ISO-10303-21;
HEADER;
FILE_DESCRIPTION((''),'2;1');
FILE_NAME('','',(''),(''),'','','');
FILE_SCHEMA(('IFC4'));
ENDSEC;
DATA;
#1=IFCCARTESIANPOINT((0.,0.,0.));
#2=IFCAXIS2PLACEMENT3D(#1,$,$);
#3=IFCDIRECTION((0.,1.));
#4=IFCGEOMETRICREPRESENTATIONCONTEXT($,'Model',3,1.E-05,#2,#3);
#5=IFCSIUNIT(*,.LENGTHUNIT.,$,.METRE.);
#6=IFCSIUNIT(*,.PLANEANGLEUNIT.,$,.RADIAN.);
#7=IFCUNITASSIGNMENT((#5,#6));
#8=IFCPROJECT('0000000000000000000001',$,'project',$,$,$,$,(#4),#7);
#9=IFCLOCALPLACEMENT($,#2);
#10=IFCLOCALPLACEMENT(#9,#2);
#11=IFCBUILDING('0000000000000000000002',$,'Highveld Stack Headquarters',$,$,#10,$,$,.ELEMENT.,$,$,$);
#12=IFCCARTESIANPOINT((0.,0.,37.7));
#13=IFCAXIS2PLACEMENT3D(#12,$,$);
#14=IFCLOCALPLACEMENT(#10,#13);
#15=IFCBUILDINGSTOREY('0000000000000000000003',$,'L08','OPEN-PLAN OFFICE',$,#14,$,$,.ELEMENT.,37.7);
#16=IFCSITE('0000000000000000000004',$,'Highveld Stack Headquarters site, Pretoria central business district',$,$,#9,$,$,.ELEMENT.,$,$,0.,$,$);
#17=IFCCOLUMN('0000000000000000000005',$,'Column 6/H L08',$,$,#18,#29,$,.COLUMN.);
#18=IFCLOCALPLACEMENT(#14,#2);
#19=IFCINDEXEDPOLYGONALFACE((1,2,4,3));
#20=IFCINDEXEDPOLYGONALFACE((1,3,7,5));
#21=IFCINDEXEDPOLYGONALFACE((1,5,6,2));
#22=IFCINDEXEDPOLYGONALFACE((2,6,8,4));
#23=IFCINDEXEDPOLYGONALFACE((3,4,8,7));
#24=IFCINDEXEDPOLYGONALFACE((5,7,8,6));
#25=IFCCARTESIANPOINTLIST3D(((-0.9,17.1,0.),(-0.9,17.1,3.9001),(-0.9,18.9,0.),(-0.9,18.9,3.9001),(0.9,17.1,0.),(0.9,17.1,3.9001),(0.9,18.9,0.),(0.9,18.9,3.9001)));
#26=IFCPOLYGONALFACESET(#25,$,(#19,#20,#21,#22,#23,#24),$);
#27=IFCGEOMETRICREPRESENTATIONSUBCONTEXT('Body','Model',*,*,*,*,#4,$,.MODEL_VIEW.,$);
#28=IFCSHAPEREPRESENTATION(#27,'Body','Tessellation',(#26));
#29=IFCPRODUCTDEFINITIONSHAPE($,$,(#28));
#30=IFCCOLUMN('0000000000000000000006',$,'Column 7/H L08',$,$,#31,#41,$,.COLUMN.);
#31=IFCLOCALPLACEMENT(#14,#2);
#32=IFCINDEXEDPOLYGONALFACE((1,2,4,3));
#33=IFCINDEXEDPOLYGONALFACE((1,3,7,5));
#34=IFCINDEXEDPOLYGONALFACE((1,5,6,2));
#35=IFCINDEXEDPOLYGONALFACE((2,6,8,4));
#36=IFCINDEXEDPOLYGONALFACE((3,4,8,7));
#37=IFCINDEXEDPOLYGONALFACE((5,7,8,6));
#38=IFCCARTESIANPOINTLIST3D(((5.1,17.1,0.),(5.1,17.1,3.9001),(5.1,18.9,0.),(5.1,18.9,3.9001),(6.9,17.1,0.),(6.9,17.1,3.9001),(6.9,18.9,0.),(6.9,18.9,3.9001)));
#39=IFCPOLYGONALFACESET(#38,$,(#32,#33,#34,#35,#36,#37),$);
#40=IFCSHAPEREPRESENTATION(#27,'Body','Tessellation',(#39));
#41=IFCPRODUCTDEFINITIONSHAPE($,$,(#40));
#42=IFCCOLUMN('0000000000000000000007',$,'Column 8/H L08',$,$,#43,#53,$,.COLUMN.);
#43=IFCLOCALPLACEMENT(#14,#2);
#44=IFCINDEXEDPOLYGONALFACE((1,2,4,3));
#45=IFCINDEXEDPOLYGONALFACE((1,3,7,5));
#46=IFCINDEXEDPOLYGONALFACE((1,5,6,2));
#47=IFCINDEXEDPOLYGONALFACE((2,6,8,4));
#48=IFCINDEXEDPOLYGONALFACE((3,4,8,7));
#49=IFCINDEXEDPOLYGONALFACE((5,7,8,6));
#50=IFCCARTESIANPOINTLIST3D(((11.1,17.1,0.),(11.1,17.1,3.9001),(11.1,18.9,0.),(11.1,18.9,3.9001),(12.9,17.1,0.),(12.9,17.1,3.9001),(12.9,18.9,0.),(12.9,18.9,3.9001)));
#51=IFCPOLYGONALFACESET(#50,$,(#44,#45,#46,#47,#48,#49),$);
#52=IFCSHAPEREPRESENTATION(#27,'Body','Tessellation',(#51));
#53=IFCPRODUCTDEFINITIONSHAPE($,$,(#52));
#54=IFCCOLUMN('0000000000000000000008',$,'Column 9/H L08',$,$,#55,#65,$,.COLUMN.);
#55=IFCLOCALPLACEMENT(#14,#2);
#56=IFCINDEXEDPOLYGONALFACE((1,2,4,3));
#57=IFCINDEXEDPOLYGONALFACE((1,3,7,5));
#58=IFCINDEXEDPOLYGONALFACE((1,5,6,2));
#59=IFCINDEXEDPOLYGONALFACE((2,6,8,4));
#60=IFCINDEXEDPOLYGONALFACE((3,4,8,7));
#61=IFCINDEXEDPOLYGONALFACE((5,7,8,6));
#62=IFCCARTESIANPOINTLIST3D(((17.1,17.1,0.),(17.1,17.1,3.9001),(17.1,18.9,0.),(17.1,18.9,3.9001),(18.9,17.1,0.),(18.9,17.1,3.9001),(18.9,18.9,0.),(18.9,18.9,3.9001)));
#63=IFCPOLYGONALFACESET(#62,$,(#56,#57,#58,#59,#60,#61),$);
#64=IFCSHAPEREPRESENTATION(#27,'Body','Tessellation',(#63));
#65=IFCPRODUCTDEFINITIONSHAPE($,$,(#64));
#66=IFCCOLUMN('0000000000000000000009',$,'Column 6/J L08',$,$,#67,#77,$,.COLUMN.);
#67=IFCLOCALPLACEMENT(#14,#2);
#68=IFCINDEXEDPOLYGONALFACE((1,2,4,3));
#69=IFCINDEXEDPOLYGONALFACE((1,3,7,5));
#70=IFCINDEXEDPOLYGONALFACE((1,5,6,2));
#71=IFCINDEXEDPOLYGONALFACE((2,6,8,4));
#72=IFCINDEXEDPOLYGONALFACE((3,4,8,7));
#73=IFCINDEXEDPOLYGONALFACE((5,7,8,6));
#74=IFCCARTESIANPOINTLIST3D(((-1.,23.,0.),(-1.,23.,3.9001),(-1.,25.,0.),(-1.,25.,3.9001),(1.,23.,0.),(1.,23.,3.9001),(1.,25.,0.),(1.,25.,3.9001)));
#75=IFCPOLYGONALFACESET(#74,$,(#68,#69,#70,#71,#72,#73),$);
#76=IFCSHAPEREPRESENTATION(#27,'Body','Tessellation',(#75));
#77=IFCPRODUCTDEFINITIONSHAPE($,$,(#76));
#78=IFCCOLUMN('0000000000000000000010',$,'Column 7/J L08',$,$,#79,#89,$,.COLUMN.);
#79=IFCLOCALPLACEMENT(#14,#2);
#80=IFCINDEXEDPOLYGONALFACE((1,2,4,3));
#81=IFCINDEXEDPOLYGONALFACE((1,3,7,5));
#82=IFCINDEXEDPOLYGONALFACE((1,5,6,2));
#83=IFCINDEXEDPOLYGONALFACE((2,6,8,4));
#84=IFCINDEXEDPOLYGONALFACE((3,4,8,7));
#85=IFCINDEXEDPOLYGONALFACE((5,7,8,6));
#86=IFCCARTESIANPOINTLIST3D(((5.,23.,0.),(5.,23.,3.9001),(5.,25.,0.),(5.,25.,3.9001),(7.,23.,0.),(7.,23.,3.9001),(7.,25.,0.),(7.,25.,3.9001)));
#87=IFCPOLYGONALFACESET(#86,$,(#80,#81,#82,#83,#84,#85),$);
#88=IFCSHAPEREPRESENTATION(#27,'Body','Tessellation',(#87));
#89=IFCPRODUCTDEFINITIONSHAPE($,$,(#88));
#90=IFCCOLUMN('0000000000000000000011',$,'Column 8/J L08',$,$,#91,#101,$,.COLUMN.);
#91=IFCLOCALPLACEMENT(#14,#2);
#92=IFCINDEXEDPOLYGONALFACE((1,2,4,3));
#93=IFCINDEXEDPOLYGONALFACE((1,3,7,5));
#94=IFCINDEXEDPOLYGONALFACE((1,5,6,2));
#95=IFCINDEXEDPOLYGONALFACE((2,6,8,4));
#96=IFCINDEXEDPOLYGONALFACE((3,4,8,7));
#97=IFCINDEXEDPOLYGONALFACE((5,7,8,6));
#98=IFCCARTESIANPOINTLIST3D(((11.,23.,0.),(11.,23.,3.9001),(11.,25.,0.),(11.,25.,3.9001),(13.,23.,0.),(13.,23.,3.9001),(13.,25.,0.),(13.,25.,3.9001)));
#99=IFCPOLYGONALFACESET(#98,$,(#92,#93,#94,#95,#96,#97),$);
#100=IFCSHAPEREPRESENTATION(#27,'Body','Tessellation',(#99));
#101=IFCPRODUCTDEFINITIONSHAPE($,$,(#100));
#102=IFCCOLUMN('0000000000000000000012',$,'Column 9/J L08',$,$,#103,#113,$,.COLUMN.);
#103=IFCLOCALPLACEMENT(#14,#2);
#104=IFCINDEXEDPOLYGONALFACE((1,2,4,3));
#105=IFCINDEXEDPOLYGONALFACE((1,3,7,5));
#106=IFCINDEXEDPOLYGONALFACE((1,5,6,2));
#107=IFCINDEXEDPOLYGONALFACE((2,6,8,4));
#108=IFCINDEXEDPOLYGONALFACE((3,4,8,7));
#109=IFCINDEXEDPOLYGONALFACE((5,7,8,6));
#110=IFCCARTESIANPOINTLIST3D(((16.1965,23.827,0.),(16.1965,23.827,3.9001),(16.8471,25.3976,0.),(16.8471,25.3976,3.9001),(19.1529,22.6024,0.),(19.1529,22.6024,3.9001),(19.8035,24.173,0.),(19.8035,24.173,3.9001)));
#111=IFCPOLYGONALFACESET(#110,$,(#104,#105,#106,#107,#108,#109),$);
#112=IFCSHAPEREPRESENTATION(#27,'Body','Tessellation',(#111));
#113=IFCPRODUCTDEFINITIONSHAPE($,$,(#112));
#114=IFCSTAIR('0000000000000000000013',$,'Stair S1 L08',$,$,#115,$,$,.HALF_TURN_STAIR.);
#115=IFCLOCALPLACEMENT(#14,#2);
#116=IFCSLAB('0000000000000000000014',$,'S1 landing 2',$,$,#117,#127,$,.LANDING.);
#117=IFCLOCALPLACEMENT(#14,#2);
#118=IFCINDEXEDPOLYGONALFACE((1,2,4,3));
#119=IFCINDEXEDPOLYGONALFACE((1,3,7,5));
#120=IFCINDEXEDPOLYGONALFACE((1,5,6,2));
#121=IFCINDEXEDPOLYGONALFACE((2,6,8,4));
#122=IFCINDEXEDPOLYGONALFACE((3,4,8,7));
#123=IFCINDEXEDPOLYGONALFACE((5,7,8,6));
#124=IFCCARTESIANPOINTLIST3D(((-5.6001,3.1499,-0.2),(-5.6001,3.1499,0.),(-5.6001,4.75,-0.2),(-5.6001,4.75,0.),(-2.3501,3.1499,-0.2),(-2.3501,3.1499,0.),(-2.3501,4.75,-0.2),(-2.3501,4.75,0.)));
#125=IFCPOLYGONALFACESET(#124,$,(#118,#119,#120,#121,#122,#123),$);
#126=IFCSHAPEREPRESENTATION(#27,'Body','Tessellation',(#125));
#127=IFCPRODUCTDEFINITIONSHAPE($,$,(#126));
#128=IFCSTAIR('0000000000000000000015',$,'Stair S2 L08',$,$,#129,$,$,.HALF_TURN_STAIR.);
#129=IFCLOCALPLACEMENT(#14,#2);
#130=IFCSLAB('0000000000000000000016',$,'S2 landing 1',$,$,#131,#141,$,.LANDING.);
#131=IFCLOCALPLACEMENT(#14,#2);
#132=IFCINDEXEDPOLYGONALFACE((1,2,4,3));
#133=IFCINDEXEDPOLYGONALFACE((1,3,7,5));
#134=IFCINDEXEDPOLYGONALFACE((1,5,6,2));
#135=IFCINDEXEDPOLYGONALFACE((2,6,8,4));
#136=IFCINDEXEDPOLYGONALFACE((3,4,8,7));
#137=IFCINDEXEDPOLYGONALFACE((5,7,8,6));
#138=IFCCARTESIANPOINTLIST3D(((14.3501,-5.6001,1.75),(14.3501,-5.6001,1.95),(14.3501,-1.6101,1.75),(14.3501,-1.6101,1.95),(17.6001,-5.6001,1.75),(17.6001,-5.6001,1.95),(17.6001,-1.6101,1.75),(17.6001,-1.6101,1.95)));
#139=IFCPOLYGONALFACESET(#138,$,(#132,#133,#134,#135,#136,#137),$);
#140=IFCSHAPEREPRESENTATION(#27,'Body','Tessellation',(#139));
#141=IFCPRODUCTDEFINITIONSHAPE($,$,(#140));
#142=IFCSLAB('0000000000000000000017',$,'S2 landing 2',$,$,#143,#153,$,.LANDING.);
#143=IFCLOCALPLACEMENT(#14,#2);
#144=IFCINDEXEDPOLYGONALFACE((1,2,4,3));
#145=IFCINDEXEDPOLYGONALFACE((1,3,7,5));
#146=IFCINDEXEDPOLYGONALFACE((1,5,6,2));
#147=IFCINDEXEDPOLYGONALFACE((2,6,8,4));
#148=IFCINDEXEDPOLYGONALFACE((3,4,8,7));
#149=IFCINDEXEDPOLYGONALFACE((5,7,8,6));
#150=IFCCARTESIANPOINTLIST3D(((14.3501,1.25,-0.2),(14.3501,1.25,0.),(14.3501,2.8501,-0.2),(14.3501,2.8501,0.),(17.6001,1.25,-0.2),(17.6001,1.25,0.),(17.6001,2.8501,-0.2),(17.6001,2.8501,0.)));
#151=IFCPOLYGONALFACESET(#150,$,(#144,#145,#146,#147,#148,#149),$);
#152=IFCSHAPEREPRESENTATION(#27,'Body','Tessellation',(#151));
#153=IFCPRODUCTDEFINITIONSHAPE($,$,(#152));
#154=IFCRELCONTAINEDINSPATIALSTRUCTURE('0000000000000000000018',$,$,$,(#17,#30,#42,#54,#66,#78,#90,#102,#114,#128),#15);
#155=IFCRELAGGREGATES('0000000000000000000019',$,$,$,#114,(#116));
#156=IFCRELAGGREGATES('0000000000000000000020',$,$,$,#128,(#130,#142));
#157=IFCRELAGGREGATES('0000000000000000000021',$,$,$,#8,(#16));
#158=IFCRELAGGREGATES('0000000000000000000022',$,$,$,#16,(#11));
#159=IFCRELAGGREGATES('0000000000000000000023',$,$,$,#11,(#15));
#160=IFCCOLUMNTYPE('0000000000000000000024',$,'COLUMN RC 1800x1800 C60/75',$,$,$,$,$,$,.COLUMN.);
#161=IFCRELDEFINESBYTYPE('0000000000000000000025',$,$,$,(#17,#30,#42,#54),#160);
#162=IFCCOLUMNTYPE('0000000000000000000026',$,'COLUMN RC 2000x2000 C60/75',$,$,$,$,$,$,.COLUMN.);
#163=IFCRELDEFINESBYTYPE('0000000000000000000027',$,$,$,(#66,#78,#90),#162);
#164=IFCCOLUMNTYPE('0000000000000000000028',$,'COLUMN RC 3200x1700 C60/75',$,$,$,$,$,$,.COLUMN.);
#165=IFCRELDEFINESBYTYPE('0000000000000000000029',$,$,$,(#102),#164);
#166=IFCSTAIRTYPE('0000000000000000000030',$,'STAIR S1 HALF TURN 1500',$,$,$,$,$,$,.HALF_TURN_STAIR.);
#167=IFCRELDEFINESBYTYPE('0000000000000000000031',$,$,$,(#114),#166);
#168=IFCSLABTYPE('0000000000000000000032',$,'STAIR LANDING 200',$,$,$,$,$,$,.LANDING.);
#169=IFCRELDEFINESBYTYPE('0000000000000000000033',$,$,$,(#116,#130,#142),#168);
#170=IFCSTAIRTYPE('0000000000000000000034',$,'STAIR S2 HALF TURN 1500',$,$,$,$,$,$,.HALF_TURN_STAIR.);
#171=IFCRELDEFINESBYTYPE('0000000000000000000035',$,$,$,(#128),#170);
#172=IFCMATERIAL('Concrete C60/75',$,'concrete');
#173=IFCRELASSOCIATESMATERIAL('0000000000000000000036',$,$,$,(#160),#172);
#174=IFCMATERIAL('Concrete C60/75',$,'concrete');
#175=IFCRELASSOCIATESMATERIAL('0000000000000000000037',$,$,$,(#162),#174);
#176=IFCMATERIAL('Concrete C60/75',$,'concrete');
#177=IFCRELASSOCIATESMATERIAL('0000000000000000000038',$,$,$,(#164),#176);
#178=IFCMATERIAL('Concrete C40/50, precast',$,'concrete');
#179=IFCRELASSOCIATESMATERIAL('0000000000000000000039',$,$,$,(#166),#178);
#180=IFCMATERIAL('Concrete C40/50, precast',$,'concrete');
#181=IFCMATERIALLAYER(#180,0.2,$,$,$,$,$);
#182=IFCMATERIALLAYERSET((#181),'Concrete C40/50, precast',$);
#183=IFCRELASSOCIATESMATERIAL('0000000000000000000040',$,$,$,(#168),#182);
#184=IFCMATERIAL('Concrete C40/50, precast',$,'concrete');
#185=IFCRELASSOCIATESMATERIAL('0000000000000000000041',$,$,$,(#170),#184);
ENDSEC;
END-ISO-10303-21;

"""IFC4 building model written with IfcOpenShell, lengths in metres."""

from ifc_helpers import new_model, si_unit, direction, frame, origin, origin_2d, place, context, subcontext, project, spatial, polyline, rectangle, outline, extrude, material, layer, layer_set, material_profile, profile_set, type_object, element, aggregate, save


model = new_model("IFC4")

# Units and contexts
model_context = context("Model", 3, precision=1e-05, world=origin(), true_north=direction((0.0, 1.0)))
body_context = subcontext(model_context, "Body", "Model", "MODEL_VIEW")
ifc_project = project(units=[si_unit("LENGTHUNIT", "METRE"), si_unit("PLANEANGLEUNIT", "RADIAN")], contexts=[model_context])

# Site, building, storey
site_placement = place(None, origin())
site = spatial("IfcSite", under=ifc_project, at=site_placement, Name="Highveld Stack Headquarters site, Pretoria central business district", CompositionType="ELEMENT", RefElevation=0.0)
building_placement = place(site_placement, origin())
building = spatial("IfcBuilding", under=site, at=building_placement, Name="Highveld Stack Headquarters", CompositionType="ELEMENT")
storey_placement = place(building_placement, frame((0.0, 0.0, 37.7)))
storey = spatial("IfcBuildingStorey", under=building, at=storey_placement, Name="L08", Description="OPEN-PLAN OFFICE", CompositionType="ELEMENT", Elevation=37.7)

# Columns
ifc_material_1 = material(Name="Concrete C60/75", Category="concrete")
ifc_material_profile_1 = material_profile(ifc_material_1, rectangle(XDim=1.8, YDim=1.8, at=origin_2d()), Name="RC 1800x1800")
ifc_profile_set_1 = profile_set([ifc_material_profile_1], Name="Concrete C60/75")
column_type_1 = type_object("IfcColumnType", Name="COLUMN RC 1800x1800 C60/75", PredefinedType="COLUMN", material=ifc_profile_set_1)
for number, where, z_axis, x_axis, name in (
    (1, (0.0, 18.0, 0.0), (0.0, 0.0, 1.0), (1.0, 0.0, 0.0), "Column 6/H L08"),
    (2, (6.0, 18.0, 0.0), (0.0, 0.0, 1.0), (1.0, 0.0, 0.0), "Column 7/H L08"),
    (3, (12.0, 18.0, 0.0), (0.0, 0.0, 1.0), (1.0, 0.0, 0.0), "Column 8/H L08"),
    (4, (18.0, 18.0, 0.0), (0.0, 0.0, 1.0), (1.0, 0.0, 0.0), "Column 9/H L08"),
):
    element("IfcColumn", number, at=place(storey_placement, frame(where, z_axis=z_axis, x_axis=x_axis)), inside=storey, type_object=column_type_1, Name=name, PredefinedType="COLUMN", context=body_context, shape_type="SweptSolid", body=[
        extrude(rectangle(XDim=1.8, YDim=1.8, at=origin_2d()), origin(), (0.0, 0.0, 1.0), 3.9001),
    ])
ifc_material_2 = material(Name="Concrete C60/75", Category="concrete")
ifc_material_profile_2 = material_profile(ifc_material_2, rectangle(XDim=2.0, YDim=2.0, at=origin_2d()), Name="RC 2000x2000")
ifc_profile_set_2 = profile_set([ifc_material_profile_2], Name="Concrete C60/75")
column_type_2 = type_object("IfcColumnType", Name="COLUMN RC 2000x2000 C60/75", PredefinedType="COLUMN", material=ifc_profile_set_2)
for number, where, z_axis, x_axis, name in (
    (5, (0.0, 24.0, 0.0), (0.0, 0.0, 1.0), (1.0, 0.0, 0.0), "Column 6/J L08"),
    (6, (6.0, 24.0, 0.0), (0.0, 0.0, 1.0), (1.0, 0.0, 0.0), "Column 7/J L08"),
    (7, (12.0, 24.0, 0.0), (0.0, 0.0, 1.0), (1.0, 0.0, 0.0), "Column 8/J L08"),
):
    element("IfcColumn", number, at=place(storey_placement, frame(where, z_axis=z_axis, x_axis=x_axis)), inside=storey, type_object=column_type_2, Name=name, PredefinedType="COLUMN", context=body_context, shape_type="SweptSolid", body=[
        extrude(rectangle(XDim=2.0, YDim=2.0, at=origin_2d()), origin(), (0.0, 0.0, 1.0), 3.9001),
    ])
ifc_material_3 = material(Name="Concrete C60/75", Category="concrete")
ifc_material_profile_3 = material_profile(ifc_material_3, rectangle(XDim=3.2, YDim=1.7, at=origin_2d()), Name="RC 3200x1700")
ifc_profile_set_3 = profile_set([ifc_material_profile_3], Name="Concrete C60/75")
column_type_3 = type_object("IfcColumnType", Name="COLUMN RC 3200x1700 C60/75", PredefinedType="COLUMN", material=ifc_profile_set_3)
column_placement = place(storey_placement, frame((18.0, 24.0, 0.0), z_axis=(0.0, 0.0, 1.0), x_axis=(0.92388, -0.382683, 0.0)))
element("IfcColumn", 8, at=column_placement, inside=storey, type_object=column_type_3, Name="Column 9/J L08", PredefinedType="COLUMN", context=body_context, shape_type="SweptSolid", body=[
    extrude(rectangle(XDim=3.2, YDim=1.7, at=origin_2d()), origin(), (0.0, 0.0, 1.0), 3.9001),
])

# Stair, slab
ifc_material_4 = material(Name="Concrete C40/50, precast", Category="concrete")
stair_type_1 = type_object("IfcStairType", Name="STAIR S1 HALF TURN 1500", PredefinedType="HALF_TURN_STAIR", material=ifc_material_4)
stair_1_placement = place(storey_placement, origin())
stair_1 = element("IfcStair", 9, at=stair_1_placement, inside=storey, type_object=stair_type_1, Name="Stair S1 L08", PredefinedType="HALF_TURN_STAIR")
ifc_material_5 = material(Name="Concrete C40/50, precast", Category="concrete")
ifc_layer_1 = layer(ifc_material_5, 0.2)
ifc_layer_set_1 = layer_set([ifc_layer_1], Name="Concrete C40/50, precast")
slab_type = type_object("IfcSlabType", Name="STAIR LANDING 200", PredefinedType="LANDING", material=ifc_layer_set_1)
slab_1_placement = place(storey_placement, frame((0.0, 0.0, -0.2)))
slab_1 = element("IfcSlab", 10, at=slab_1_placement, type_object=slab_type, Name="S1 landing 2", PredefinedType="LANDING", context=body_context, shape_type="SweptSolid", body=[
    extrude(outline(polyline([(-5.6001, 3.1499), (-2.3501, 3.1499), (-2.3501, 4.75), (-5.6001, 4.75), (-5.6001, 3.1499)])), origin(), (0.0, 0.0, 1.0), 0.2),
])
aggregate(stair_1, [slab_1])

# Stair, slabs
ifc_material_6 = material(Name="Concrete C40/50, precast", Category="concrete")
stair_type_2 = type_object("IfcStairType", Name="STAIR S2 HALF TURN 1500", PredefinedType="HALF_TURN_STAIR", material=ifc_material_6)
stair_2_placement = place(storey_placement, origin())
stair_2 = element("IfcStair", 11, at=stair_2_placement, inside=storey, type_object=stair_type_2, Name="Stair S2 L08", PredefinedType="HALF_TURN_STAIR")
slab_2_placement = place(storey_placement, frame((0.0, 0.0, 1.75)))
slab_2 = element("IfcSlab", 12, at=slab_2_placement, type_object=slab_type, Name="S2 landing 1", PredefinedType="LANDING", context=body_context, shape_type="SweptSolid", body=[
    extrude(outline(polyline([(14.3501, -5.6001), (17.6001, -5.6001), (17.6001, -1.6101), (14.3501, -1.6101), (14.3501, -5.6001)])), origin(), (0.0, 0.0, 1.0), 0.2),
])
slab_3_placement = place(storey_placement, frame((0.0, 0.0, -0.2)))
slab_3 = element("IfcSlab", 13, at=slab_3_placement, type_object=slab_type, Name="S2 landing 2", PredefinedType="LANDING", context=body_context, shape_type="SweptSolid", body=[
    extrude(outline(polyline([(14.3501, 1.25), (17.6001, 1.25), (17.6001, 2.8501), (14.3501, 2.8501), (14.3501, 1.25)])), origin(), (0.0, 0.0, 1.0), 0.2),
])

aggregate(stair_2, [slab_2, slab_3])

save(model, "model.ifc")
